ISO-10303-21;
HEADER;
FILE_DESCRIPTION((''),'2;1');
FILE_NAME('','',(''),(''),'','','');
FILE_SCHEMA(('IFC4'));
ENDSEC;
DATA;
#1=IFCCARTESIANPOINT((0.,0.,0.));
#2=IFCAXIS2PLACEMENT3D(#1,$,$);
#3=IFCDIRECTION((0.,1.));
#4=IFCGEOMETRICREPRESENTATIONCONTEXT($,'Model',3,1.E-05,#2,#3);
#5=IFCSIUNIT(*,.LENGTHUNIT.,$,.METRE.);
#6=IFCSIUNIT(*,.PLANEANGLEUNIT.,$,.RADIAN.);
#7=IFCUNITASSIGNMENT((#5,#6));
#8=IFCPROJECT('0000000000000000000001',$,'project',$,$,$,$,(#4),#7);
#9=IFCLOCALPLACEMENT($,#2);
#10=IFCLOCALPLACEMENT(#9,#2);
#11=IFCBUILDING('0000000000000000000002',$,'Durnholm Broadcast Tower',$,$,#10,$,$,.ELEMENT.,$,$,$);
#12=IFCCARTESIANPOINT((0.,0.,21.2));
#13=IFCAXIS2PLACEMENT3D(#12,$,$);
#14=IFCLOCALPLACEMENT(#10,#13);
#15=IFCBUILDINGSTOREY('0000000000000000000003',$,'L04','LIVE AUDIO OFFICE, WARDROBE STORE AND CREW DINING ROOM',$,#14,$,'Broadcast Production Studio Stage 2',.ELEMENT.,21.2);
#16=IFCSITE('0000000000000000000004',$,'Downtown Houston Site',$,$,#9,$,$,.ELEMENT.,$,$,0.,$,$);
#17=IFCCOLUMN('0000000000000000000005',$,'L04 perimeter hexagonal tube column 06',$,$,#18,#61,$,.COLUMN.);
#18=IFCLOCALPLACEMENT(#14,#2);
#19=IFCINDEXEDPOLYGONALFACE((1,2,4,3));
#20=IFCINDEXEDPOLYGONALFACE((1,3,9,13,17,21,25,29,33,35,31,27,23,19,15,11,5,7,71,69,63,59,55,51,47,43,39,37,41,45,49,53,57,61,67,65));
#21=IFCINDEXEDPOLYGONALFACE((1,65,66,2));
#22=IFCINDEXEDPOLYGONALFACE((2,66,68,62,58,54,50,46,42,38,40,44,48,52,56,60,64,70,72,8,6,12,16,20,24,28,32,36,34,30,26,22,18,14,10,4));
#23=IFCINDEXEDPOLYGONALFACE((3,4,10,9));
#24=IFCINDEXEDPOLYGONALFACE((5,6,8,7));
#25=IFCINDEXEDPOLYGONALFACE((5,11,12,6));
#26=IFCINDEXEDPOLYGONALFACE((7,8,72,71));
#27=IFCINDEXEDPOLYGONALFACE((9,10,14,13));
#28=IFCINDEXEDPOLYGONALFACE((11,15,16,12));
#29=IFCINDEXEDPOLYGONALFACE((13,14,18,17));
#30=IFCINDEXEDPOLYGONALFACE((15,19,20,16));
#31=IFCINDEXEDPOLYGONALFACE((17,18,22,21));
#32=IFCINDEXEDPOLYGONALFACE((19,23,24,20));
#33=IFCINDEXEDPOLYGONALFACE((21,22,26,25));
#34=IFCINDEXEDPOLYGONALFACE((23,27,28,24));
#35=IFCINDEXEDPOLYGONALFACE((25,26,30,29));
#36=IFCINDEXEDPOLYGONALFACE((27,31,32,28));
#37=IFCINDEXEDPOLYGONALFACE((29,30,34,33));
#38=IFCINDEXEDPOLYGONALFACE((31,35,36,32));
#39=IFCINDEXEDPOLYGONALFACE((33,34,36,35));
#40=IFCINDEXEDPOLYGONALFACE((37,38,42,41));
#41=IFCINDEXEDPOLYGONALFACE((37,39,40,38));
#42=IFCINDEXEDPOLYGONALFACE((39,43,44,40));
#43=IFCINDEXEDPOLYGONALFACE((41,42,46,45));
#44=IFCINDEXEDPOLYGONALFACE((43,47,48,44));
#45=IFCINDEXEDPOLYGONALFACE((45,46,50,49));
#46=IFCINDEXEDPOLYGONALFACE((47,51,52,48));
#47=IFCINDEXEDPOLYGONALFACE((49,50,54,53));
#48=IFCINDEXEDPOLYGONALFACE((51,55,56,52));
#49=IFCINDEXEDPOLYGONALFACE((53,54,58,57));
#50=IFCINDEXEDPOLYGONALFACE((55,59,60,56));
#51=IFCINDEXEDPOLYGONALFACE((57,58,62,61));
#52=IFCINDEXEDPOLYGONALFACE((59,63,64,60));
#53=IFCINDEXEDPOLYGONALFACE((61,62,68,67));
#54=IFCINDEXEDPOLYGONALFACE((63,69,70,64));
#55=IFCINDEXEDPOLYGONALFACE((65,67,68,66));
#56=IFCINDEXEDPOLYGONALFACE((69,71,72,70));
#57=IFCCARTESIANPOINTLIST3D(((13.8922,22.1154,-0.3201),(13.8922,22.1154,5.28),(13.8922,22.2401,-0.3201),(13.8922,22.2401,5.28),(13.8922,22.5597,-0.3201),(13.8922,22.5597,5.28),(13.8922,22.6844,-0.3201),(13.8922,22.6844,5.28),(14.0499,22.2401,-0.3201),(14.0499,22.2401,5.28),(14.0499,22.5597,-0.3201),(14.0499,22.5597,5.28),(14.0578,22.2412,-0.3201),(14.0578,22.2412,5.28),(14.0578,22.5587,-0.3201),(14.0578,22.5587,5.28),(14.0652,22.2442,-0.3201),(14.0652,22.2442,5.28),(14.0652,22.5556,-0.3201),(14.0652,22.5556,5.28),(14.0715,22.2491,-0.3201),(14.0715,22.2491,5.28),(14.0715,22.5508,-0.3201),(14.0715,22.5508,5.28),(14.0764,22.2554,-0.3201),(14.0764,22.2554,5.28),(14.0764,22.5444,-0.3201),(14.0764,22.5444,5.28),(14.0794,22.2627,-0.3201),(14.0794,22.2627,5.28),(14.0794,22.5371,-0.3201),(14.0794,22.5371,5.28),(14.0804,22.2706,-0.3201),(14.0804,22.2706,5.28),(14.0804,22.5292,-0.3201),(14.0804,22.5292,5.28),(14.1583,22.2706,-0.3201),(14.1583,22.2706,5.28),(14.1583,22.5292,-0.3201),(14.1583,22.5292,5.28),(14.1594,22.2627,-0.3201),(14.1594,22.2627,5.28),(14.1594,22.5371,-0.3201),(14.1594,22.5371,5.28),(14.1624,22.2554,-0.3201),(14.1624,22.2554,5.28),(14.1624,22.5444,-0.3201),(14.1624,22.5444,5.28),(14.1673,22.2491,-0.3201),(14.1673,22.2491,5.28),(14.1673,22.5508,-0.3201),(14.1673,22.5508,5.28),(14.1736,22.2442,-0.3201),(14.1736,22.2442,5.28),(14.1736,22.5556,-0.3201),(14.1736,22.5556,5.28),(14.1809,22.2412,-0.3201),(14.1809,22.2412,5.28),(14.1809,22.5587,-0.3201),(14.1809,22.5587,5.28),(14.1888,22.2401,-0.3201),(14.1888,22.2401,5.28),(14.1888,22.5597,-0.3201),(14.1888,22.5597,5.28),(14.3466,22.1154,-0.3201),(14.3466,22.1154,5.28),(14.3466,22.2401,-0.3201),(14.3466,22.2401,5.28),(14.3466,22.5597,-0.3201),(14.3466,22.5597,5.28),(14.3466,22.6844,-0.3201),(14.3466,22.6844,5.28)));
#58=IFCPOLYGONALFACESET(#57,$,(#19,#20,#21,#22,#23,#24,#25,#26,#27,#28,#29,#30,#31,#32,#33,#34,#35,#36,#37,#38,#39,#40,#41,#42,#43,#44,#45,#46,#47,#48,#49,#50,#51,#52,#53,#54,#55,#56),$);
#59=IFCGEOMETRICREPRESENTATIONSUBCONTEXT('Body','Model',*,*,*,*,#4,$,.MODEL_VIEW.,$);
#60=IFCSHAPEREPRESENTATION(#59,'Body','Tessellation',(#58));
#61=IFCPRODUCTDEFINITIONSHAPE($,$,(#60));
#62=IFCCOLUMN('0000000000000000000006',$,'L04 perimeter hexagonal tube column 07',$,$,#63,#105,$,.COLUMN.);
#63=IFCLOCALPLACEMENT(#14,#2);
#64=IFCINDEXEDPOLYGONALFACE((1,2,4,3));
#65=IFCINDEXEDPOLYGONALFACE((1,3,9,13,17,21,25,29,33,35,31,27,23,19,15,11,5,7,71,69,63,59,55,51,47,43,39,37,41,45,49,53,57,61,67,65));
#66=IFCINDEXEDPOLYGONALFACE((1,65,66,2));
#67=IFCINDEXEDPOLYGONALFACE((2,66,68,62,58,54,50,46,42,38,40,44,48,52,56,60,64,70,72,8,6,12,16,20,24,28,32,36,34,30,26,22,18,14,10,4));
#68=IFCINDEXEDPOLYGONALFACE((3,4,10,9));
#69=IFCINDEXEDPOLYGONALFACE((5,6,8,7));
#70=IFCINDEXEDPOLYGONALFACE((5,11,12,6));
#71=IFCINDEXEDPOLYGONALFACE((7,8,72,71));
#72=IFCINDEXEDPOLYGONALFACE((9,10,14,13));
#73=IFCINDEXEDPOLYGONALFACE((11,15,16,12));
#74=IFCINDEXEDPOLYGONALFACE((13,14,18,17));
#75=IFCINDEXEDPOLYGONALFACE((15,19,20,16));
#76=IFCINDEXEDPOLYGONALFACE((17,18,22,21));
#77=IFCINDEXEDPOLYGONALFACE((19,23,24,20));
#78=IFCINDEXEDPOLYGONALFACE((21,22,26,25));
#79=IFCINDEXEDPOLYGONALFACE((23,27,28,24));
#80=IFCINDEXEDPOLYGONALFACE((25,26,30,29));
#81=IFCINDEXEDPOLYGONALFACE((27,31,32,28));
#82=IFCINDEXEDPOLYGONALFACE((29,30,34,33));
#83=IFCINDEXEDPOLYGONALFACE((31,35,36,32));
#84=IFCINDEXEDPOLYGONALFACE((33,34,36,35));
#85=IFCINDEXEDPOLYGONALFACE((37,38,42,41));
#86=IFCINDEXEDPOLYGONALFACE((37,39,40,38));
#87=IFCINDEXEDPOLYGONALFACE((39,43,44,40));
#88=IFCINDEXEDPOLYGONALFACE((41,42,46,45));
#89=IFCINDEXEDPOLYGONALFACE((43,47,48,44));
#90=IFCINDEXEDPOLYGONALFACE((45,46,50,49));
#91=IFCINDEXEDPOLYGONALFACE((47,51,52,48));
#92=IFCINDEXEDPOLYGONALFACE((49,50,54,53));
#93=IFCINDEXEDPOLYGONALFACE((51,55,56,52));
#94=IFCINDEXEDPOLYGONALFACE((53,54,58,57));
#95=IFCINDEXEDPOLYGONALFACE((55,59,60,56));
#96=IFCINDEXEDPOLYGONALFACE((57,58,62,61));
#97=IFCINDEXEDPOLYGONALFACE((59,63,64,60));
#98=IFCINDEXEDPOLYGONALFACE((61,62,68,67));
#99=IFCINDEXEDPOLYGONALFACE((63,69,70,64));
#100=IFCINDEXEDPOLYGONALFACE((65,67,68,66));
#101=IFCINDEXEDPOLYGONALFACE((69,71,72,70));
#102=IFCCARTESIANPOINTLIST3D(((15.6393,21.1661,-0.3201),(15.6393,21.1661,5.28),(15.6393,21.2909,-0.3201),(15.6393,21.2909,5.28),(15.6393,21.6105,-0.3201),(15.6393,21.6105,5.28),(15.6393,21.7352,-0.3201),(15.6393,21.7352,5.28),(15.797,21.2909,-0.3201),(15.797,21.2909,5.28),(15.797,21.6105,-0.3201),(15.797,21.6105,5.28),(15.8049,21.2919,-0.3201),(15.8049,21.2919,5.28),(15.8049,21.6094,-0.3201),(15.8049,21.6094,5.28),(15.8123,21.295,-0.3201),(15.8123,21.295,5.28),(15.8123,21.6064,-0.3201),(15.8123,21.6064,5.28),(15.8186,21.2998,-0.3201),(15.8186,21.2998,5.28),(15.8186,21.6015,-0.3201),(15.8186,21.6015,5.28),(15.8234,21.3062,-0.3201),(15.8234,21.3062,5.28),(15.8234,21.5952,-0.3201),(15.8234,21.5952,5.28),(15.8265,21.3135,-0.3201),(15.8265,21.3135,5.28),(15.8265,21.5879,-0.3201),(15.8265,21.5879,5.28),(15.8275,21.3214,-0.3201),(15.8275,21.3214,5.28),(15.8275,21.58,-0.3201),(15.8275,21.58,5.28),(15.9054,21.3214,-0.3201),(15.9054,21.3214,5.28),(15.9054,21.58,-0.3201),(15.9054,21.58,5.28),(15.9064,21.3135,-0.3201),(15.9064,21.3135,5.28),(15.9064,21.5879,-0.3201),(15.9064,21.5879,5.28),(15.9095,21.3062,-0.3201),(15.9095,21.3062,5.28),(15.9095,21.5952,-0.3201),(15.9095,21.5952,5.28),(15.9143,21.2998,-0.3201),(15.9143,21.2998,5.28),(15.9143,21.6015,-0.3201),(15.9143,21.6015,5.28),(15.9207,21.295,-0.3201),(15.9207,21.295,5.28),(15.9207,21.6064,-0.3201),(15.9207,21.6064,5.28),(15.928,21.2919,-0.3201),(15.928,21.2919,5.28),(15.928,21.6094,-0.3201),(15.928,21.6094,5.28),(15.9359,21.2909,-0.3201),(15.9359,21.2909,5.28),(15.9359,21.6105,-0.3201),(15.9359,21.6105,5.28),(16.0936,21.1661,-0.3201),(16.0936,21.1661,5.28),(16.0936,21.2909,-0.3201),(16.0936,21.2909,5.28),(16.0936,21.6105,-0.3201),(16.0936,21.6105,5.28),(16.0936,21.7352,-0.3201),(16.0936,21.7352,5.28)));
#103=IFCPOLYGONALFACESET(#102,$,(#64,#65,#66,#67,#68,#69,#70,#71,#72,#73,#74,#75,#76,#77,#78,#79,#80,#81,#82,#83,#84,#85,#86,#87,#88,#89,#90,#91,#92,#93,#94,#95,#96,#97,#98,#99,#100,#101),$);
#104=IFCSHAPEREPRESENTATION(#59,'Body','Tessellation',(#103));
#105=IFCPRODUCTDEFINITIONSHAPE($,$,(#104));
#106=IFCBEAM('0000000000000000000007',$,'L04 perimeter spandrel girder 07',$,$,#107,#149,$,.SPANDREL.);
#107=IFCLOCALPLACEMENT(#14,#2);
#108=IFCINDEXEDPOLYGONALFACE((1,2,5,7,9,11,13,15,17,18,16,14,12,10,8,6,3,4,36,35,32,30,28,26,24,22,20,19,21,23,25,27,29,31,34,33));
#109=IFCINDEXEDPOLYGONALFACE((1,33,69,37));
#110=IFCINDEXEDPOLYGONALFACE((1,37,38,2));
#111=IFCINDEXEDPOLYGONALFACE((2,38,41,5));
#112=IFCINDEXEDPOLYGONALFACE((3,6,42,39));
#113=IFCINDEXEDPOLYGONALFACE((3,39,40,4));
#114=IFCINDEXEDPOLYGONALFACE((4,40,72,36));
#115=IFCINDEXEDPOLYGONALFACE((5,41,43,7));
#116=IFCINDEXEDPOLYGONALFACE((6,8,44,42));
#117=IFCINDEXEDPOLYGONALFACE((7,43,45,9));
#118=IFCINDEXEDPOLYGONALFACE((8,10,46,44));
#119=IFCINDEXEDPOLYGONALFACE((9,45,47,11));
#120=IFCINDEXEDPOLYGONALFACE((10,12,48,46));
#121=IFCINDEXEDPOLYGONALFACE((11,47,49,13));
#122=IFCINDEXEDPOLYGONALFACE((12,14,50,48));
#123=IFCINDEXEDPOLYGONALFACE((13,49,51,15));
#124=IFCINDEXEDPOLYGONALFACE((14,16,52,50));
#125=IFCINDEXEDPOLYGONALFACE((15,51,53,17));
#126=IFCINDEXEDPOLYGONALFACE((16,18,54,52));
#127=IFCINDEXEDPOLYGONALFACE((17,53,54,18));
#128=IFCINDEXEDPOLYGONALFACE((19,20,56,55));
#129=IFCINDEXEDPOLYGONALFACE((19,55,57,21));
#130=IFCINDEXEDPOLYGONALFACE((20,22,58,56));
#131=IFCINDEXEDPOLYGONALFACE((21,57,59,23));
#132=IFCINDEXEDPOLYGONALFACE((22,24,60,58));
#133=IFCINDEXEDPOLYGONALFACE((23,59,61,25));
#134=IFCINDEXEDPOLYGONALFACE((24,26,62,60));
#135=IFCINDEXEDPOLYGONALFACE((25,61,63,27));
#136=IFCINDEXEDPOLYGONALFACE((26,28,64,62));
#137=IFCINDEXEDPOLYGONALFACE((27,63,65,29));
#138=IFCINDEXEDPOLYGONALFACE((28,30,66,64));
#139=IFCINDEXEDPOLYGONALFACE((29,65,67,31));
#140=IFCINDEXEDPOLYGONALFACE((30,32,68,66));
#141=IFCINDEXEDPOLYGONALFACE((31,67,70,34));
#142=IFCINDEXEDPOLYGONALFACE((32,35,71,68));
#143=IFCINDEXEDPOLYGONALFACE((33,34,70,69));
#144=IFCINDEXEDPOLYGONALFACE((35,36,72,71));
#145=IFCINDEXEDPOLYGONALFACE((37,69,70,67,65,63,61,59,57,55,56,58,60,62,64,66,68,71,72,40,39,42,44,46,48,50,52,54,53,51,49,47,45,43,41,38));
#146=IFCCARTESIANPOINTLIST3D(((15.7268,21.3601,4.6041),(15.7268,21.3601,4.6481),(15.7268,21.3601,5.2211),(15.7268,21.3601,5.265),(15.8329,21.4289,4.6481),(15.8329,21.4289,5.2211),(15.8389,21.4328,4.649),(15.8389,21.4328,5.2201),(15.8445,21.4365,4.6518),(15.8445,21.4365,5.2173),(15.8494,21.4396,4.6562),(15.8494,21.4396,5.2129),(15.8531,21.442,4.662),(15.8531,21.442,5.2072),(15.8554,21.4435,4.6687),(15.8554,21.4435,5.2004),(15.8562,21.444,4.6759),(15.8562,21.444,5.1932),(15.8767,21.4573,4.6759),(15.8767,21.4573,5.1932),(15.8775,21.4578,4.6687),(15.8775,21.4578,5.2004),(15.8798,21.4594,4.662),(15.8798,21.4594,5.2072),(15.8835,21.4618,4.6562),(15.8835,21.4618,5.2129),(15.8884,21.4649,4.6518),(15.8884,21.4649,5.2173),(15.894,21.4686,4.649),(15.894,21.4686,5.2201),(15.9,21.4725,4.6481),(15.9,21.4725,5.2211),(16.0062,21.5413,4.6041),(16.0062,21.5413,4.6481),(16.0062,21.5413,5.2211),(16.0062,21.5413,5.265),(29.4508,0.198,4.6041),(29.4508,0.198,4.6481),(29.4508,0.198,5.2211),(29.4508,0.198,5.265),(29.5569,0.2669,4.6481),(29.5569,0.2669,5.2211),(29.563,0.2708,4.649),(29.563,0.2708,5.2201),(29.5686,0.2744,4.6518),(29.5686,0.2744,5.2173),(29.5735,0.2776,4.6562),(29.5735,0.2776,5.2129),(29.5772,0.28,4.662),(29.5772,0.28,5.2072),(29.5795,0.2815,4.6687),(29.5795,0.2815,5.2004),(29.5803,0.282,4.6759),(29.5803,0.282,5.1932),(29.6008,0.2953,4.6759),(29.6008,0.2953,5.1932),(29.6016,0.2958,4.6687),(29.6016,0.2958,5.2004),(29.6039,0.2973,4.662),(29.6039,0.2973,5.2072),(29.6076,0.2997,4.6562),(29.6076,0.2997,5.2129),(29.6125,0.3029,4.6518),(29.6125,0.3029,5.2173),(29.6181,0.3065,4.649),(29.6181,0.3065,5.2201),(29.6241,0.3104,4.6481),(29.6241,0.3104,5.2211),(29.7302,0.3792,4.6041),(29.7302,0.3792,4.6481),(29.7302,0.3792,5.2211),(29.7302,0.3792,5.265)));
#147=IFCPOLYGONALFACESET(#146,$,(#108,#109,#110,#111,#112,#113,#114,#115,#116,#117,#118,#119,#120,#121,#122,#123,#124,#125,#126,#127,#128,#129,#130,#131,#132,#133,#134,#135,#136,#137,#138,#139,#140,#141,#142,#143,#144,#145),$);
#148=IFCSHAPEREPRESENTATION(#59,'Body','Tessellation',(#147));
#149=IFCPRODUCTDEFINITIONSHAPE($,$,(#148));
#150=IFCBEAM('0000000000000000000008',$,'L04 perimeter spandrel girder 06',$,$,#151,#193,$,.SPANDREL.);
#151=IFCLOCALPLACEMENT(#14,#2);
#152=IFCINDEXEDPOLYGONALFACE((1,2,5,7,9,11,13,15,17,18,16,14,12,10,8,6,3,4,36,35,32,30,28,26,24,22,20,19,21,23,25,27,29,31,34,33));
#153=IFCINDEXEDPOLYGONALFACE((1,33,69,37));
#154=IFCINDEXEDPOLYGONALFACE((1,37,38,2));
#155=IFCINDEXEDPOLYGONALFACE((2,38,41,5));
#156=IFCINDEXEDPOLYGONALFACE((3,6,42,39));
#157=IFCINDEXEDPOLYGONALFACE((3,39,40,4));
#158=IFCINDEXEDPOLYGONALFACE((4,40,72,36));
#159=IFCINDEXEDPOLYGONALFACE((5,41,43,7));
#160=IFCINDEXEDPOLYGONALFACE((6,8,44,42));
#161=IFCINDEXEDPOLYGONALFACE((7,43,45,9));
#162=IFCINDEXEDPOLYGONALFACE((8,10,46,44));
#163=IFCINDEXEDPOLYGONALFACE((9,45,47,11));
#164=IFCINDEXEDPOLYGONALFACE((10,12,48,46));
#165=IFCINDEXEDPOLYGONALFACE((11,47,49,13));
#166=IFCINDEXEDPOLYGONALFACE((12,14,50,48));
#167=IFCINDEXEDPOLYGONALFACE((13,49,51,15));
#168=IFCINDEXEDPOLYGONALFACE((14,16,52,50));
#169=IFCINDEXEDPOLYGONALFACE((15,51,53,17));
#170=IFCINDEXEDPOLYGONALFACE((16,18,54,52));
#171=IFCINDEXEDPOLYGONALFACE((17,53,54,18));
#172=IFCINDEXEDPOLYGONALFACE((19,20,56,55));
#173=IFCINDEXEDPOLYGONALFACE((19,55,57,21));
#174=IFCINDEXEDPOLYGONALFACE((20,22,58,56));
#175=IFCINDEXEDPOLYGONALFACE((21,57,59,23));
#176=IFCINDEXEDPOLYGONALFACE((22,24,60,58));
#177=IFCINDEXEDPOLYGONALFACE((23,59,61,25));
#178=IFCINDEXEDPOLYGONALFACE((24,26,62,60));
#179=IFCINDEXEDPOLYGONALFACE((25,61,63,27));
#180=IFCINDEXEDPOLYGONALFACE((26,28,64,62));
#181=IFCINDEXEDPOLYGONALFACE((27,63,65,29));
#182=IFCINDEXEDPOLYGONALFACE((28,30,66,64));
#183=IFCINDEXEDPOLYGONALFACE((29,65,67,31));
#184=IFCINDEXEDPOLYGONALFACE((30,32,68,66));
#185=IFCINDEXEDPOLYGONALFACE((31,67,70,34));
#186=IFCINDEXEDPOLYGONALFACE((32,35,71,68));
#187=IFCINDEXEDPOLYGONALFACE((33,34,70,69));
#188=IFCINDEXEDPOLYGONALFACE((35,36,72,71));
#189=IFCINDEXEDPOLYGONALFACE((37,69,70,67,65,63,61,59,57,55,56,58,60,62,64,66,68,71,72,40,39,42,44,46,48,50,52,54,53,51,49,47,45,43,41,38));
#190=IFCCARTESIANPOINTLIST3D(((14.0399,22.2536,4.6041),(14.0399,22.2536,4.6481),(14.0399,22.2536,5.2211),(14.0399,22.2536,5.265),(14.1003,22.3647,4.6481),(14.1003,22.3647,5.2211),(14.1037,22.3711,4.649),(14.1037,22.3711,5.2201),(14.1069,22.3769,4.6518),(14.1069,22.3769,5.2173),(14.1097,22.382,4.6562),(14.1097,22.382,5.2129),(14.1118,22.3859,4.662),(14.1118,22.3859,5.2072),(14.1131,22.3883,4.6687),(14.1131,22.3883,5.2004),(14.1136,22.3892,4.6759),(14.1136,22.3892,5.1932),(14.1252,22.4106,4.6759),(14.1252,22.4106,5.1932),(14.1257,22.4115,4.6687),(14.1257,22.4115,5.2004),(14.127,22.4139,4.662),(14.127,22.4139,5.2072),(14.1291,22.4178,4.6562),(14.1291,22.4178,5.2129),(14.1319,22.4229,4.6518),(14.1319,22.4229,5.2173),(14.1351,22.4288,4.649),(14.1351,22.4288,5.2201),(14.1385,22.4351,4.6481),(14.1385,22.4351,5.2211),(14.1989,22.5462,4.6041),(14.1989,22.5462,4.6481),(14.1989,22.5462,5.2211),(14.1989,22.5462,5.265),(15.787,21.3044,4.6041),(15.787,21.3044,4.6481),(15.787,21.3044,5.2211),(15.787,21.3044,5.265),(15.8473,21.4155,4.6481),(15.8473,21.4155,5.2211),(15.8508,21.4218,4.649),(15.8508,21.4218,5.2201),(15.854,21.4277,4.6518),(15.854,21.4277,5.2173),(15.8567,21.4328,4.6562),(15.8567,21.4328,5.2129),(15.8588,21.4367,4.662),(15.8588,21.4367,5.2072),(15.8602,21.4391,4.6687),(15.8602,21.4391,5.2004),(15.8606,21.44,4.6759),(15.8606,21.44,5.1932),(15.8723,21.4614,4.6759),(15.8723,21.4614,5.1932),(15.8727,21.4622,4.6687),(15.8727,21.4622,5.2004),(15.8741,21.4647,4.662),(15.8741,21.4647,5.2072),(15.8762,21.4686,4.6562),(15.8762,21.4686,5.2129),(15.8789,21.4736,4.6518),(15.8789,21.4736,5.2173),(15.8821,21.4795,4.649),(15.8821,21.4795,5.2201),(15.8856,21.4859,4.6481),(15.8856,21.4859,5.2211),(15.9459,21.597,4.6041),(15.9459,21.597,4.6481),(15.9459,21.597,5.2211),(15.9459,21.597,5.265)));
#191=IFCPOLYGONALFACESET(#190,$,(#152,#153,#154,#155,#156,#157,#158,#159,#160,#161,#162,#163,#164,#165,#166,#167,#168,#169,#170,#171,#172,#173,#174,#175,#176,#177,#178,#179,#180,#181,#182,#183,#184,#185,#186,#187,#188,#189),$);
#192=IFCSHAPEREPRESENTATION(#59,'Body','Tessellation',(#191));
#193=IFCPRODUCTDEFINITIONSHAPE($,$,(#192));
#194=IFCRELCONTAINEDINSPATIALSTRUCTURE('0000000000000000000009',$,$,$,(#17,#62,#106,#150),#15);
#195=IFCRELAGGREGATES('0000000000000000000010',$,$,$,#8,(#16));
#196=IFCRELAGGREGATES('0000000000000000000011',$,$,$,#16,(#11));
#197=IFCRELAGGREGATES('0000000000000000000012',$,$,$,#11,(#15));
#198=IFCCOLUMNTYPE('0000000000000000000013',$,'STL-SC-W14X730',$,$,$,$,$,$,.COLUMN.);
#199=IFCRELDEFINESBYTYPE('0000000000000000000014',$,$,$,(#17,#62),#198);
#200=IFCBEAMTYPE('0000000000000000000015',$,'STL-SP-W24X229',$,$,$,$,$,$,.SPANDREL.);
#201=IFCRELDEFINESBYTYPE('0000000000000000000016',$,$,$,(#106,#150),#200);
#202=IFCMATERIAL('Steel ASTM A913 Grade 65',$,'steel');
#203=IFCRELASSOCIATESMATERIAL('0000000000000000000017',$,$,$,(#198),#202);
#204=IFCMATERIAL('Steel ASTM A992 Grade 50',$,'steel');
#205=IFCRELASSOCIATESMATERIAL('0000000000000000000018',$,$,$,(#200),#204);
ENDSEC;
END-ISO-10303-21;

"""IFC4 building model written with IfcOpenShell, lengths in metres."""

from ifc_helpers import new_model, si_unit, direction, frame, origin, origin_2d, place, context, subcontext, project, spatial, i_section, extrude, source, transform, mapped, material, material_profile, profile_set, type_object, type_shapes, element, save


model = new_model("IFC4")

# Units and contexts
model_context = context("Model", 3, precision=1e-05, world=origin(), true_north=direction((0.0, 1.0)))
body_context = subcontext(model_context, "Body", "Model", "MODEL_VIEW")
ifc_project = project(units=[si_unit("LENGTHUNIT", "METRE"), si_unit("PLANEANGLEUNIT", "RADIAN")], contexts=[model_context])

# Site, building, storey
site_placement = place(None, origin())
site = spatial("IfcSite", under=ifc_project, at=site_placement, Name="Downtown Houston Site", CompositionType="ELEMENT", RefElevation=0.0)
building_placement = place(site_placement, origin())
building = spatial("IfcBuilding", under=site, at=building_placement, Name="Durnholm Broadcast Tower", CompositionType="ELEMENT")
storey_placement = place(building_placement, frame((0.0, 0.0, 21.2)))
storey = spatial("IfcBuildingStorey", under=building, at=storey_placement, Name="L04", Description="LIVE AUDIO OFFICE, WARDROBE STORE AND CREW DINING ROOM", LongName="Broadcast Production Studio Stage 2", CompositionType="ELEMENT", Elevation=21.2)

# Columns
ifc_material_1 = material(Name="Steel ASTM A913 Grade 65", Category="steel")
ifc_material_profile_1 = material_profile(ifc_material_1, i_section(OverallWidth=0.4543, OverallDepth=0.5691, WebThickness=0.0779, FlangeThickness=0.1248, FilletRadius=0.0305, at=origin_2d()), Name="W14X730")
ifc_profile_set_1 = profile_set([ifc_material_profile_1], Name="Steel ASTM A913 Grade 65")
column_type = type_object("IfcColumnType", Name="STL-SC-W14X730", PredefinedType="COLUMN", material=ifc_profile_set_1)
shared_shape_1 = source(origin(), body_context, "Body", "SweptSolid", [
    extrude(i_section(OverallWidth=0.4543, OverallDepth=0.5691, WebThickness=0.0779, FlangeThickness=0.1248, FilletRadius=0.0305, at=origin_2d()), origin(), (0.0, 0.0, 1.0), 5.6001),
])
type_shapes(column_type, [shared_shape_1])
for number, where, z_axis, x_axis, name in (
    (1, (14.1194, 22.3999, -0.3201), (0.0, 0.0, 1.0), (1.0, 0.0, 0.0), "L04 perimeter hexagonal tube column 06"),
    (2, (15.8665, 21.4507, -0.3201), (0.0, 0.0, 1.0), (1.0, 0.0, 0.0), "L04 perimeter hexagonal tube column 07"),
):
    element("IfcColumn", number, at=place(storey_placement, frame(where, z_axis=z_axis, x_axis=x_axis)), inside=storey, type_object=column_type, Name=name, PredefinedType="COLUMN", context=body_context, shape_type="MappedRepresentation", body=[
        mapped(shared_shape_1, transform((0.0, 0.0, 0.0), x_axis=(1.0, 0.0, 0.0), y_axis=(0.0, 1.0, 0.0), z_axis=(0.0, 0.0, 1.0), scale=1.0)),
    ])

# Beams
ifc_material_2 = material(Name="Steel ASTM A992 Grade 50", Category="steel")
ifc_material_profile_2 = material_profile(ifc_material_2, i_section(OverallWidth=0.333, OverallDepth=0.6609, WebThickness=0.0244, FlangeThickness=0.0439, FilletRadius=0.0278, at=origin_2d()), Name="W24X229")
ifc_profile_set_2 = profile_set([ifc_material_profile_2], Name="Steel ASTM A992 Grade 50")
beam_type_1 = type_object("IfcBeamType", Name="STL-SP-W24X229", PredefinedType="SPANDREL", material=ifc_profile_set_2)
shared_shape_2 = source(origin(), body_context, "Body", "SweptSolid", [
    extrude(i_section(OverallWidth=0.333, OverallDepth=0.6609, WebThickness=0.0244, FlangeThickness=0.0439, FilletRadius=0.0278, at=origin_2d()), origin(), (0.0, 0.0, 1.0), 25.2227),
])
beam_1_placement = place(storey_placement, frame((15.8665, 21.4507, 4.9346), z_axis=(0.544117, -0.839009, 0.0), x_axis=(0.839009, 0.544117, 0.0)))
element("IfcBeam", 3, at=beam_1_placement, inside=storey, type_object=beam_type_1, Name="L04 perimeter spandrel girder 07", PredefinedType="SPANDREL", context=body_context, shape_type="MappedRepresentation", body=[
    mapped(shared_shape_2, transform((0.0, 0.0, 0.0), x_axis=(1.0, 0.0, 0.0), y_axis=(0.0, 1.0, 0.0), z_axis=(0.0, 0.0, 1.0), scale=1.0)),
])
shared_shape_3 = source(origin(), body_context, "Body", "SweptSolid", [
    extrude(i_section(OverallWidth=0.333, OverallDepth=0.6609, WebThickness=0.0244, FlangeThickness=0.0439, FilletRadius=0.0278, at=origin_2d()), origin(), (0.0, 0.0, 1.0), 1.9883),
])
type_shapes(beam_type_1, [shared_shape_2, shared_shape_3])
beam_2_placement = place(storey_placement, frame((14.1194, 22.3999, 4.9346), z_axis=(0.878683, -0.477406, 0.0), x_axis=(0.477406, 0.878683, 0.0)))
element("IfcBeam", 4, at=beam_2_placement, inside=storey, type_object=beam_type_1, Name="L04 perimeter spandrel girder 06", PredefinedType="SPANDREL", context=body_context, shape_type="MappedRepresentation", body=[
    mapped(shared_shape_3, transform((0.0, 0.0, 0.0), x_axis=(1.0, 0.0, 0.0), y_axis=(0.0, 1.0, 0.0), z_axis=(0.0, 0.0, 1.0), scale=1.0)),
])

save(model, "model.ifc")
